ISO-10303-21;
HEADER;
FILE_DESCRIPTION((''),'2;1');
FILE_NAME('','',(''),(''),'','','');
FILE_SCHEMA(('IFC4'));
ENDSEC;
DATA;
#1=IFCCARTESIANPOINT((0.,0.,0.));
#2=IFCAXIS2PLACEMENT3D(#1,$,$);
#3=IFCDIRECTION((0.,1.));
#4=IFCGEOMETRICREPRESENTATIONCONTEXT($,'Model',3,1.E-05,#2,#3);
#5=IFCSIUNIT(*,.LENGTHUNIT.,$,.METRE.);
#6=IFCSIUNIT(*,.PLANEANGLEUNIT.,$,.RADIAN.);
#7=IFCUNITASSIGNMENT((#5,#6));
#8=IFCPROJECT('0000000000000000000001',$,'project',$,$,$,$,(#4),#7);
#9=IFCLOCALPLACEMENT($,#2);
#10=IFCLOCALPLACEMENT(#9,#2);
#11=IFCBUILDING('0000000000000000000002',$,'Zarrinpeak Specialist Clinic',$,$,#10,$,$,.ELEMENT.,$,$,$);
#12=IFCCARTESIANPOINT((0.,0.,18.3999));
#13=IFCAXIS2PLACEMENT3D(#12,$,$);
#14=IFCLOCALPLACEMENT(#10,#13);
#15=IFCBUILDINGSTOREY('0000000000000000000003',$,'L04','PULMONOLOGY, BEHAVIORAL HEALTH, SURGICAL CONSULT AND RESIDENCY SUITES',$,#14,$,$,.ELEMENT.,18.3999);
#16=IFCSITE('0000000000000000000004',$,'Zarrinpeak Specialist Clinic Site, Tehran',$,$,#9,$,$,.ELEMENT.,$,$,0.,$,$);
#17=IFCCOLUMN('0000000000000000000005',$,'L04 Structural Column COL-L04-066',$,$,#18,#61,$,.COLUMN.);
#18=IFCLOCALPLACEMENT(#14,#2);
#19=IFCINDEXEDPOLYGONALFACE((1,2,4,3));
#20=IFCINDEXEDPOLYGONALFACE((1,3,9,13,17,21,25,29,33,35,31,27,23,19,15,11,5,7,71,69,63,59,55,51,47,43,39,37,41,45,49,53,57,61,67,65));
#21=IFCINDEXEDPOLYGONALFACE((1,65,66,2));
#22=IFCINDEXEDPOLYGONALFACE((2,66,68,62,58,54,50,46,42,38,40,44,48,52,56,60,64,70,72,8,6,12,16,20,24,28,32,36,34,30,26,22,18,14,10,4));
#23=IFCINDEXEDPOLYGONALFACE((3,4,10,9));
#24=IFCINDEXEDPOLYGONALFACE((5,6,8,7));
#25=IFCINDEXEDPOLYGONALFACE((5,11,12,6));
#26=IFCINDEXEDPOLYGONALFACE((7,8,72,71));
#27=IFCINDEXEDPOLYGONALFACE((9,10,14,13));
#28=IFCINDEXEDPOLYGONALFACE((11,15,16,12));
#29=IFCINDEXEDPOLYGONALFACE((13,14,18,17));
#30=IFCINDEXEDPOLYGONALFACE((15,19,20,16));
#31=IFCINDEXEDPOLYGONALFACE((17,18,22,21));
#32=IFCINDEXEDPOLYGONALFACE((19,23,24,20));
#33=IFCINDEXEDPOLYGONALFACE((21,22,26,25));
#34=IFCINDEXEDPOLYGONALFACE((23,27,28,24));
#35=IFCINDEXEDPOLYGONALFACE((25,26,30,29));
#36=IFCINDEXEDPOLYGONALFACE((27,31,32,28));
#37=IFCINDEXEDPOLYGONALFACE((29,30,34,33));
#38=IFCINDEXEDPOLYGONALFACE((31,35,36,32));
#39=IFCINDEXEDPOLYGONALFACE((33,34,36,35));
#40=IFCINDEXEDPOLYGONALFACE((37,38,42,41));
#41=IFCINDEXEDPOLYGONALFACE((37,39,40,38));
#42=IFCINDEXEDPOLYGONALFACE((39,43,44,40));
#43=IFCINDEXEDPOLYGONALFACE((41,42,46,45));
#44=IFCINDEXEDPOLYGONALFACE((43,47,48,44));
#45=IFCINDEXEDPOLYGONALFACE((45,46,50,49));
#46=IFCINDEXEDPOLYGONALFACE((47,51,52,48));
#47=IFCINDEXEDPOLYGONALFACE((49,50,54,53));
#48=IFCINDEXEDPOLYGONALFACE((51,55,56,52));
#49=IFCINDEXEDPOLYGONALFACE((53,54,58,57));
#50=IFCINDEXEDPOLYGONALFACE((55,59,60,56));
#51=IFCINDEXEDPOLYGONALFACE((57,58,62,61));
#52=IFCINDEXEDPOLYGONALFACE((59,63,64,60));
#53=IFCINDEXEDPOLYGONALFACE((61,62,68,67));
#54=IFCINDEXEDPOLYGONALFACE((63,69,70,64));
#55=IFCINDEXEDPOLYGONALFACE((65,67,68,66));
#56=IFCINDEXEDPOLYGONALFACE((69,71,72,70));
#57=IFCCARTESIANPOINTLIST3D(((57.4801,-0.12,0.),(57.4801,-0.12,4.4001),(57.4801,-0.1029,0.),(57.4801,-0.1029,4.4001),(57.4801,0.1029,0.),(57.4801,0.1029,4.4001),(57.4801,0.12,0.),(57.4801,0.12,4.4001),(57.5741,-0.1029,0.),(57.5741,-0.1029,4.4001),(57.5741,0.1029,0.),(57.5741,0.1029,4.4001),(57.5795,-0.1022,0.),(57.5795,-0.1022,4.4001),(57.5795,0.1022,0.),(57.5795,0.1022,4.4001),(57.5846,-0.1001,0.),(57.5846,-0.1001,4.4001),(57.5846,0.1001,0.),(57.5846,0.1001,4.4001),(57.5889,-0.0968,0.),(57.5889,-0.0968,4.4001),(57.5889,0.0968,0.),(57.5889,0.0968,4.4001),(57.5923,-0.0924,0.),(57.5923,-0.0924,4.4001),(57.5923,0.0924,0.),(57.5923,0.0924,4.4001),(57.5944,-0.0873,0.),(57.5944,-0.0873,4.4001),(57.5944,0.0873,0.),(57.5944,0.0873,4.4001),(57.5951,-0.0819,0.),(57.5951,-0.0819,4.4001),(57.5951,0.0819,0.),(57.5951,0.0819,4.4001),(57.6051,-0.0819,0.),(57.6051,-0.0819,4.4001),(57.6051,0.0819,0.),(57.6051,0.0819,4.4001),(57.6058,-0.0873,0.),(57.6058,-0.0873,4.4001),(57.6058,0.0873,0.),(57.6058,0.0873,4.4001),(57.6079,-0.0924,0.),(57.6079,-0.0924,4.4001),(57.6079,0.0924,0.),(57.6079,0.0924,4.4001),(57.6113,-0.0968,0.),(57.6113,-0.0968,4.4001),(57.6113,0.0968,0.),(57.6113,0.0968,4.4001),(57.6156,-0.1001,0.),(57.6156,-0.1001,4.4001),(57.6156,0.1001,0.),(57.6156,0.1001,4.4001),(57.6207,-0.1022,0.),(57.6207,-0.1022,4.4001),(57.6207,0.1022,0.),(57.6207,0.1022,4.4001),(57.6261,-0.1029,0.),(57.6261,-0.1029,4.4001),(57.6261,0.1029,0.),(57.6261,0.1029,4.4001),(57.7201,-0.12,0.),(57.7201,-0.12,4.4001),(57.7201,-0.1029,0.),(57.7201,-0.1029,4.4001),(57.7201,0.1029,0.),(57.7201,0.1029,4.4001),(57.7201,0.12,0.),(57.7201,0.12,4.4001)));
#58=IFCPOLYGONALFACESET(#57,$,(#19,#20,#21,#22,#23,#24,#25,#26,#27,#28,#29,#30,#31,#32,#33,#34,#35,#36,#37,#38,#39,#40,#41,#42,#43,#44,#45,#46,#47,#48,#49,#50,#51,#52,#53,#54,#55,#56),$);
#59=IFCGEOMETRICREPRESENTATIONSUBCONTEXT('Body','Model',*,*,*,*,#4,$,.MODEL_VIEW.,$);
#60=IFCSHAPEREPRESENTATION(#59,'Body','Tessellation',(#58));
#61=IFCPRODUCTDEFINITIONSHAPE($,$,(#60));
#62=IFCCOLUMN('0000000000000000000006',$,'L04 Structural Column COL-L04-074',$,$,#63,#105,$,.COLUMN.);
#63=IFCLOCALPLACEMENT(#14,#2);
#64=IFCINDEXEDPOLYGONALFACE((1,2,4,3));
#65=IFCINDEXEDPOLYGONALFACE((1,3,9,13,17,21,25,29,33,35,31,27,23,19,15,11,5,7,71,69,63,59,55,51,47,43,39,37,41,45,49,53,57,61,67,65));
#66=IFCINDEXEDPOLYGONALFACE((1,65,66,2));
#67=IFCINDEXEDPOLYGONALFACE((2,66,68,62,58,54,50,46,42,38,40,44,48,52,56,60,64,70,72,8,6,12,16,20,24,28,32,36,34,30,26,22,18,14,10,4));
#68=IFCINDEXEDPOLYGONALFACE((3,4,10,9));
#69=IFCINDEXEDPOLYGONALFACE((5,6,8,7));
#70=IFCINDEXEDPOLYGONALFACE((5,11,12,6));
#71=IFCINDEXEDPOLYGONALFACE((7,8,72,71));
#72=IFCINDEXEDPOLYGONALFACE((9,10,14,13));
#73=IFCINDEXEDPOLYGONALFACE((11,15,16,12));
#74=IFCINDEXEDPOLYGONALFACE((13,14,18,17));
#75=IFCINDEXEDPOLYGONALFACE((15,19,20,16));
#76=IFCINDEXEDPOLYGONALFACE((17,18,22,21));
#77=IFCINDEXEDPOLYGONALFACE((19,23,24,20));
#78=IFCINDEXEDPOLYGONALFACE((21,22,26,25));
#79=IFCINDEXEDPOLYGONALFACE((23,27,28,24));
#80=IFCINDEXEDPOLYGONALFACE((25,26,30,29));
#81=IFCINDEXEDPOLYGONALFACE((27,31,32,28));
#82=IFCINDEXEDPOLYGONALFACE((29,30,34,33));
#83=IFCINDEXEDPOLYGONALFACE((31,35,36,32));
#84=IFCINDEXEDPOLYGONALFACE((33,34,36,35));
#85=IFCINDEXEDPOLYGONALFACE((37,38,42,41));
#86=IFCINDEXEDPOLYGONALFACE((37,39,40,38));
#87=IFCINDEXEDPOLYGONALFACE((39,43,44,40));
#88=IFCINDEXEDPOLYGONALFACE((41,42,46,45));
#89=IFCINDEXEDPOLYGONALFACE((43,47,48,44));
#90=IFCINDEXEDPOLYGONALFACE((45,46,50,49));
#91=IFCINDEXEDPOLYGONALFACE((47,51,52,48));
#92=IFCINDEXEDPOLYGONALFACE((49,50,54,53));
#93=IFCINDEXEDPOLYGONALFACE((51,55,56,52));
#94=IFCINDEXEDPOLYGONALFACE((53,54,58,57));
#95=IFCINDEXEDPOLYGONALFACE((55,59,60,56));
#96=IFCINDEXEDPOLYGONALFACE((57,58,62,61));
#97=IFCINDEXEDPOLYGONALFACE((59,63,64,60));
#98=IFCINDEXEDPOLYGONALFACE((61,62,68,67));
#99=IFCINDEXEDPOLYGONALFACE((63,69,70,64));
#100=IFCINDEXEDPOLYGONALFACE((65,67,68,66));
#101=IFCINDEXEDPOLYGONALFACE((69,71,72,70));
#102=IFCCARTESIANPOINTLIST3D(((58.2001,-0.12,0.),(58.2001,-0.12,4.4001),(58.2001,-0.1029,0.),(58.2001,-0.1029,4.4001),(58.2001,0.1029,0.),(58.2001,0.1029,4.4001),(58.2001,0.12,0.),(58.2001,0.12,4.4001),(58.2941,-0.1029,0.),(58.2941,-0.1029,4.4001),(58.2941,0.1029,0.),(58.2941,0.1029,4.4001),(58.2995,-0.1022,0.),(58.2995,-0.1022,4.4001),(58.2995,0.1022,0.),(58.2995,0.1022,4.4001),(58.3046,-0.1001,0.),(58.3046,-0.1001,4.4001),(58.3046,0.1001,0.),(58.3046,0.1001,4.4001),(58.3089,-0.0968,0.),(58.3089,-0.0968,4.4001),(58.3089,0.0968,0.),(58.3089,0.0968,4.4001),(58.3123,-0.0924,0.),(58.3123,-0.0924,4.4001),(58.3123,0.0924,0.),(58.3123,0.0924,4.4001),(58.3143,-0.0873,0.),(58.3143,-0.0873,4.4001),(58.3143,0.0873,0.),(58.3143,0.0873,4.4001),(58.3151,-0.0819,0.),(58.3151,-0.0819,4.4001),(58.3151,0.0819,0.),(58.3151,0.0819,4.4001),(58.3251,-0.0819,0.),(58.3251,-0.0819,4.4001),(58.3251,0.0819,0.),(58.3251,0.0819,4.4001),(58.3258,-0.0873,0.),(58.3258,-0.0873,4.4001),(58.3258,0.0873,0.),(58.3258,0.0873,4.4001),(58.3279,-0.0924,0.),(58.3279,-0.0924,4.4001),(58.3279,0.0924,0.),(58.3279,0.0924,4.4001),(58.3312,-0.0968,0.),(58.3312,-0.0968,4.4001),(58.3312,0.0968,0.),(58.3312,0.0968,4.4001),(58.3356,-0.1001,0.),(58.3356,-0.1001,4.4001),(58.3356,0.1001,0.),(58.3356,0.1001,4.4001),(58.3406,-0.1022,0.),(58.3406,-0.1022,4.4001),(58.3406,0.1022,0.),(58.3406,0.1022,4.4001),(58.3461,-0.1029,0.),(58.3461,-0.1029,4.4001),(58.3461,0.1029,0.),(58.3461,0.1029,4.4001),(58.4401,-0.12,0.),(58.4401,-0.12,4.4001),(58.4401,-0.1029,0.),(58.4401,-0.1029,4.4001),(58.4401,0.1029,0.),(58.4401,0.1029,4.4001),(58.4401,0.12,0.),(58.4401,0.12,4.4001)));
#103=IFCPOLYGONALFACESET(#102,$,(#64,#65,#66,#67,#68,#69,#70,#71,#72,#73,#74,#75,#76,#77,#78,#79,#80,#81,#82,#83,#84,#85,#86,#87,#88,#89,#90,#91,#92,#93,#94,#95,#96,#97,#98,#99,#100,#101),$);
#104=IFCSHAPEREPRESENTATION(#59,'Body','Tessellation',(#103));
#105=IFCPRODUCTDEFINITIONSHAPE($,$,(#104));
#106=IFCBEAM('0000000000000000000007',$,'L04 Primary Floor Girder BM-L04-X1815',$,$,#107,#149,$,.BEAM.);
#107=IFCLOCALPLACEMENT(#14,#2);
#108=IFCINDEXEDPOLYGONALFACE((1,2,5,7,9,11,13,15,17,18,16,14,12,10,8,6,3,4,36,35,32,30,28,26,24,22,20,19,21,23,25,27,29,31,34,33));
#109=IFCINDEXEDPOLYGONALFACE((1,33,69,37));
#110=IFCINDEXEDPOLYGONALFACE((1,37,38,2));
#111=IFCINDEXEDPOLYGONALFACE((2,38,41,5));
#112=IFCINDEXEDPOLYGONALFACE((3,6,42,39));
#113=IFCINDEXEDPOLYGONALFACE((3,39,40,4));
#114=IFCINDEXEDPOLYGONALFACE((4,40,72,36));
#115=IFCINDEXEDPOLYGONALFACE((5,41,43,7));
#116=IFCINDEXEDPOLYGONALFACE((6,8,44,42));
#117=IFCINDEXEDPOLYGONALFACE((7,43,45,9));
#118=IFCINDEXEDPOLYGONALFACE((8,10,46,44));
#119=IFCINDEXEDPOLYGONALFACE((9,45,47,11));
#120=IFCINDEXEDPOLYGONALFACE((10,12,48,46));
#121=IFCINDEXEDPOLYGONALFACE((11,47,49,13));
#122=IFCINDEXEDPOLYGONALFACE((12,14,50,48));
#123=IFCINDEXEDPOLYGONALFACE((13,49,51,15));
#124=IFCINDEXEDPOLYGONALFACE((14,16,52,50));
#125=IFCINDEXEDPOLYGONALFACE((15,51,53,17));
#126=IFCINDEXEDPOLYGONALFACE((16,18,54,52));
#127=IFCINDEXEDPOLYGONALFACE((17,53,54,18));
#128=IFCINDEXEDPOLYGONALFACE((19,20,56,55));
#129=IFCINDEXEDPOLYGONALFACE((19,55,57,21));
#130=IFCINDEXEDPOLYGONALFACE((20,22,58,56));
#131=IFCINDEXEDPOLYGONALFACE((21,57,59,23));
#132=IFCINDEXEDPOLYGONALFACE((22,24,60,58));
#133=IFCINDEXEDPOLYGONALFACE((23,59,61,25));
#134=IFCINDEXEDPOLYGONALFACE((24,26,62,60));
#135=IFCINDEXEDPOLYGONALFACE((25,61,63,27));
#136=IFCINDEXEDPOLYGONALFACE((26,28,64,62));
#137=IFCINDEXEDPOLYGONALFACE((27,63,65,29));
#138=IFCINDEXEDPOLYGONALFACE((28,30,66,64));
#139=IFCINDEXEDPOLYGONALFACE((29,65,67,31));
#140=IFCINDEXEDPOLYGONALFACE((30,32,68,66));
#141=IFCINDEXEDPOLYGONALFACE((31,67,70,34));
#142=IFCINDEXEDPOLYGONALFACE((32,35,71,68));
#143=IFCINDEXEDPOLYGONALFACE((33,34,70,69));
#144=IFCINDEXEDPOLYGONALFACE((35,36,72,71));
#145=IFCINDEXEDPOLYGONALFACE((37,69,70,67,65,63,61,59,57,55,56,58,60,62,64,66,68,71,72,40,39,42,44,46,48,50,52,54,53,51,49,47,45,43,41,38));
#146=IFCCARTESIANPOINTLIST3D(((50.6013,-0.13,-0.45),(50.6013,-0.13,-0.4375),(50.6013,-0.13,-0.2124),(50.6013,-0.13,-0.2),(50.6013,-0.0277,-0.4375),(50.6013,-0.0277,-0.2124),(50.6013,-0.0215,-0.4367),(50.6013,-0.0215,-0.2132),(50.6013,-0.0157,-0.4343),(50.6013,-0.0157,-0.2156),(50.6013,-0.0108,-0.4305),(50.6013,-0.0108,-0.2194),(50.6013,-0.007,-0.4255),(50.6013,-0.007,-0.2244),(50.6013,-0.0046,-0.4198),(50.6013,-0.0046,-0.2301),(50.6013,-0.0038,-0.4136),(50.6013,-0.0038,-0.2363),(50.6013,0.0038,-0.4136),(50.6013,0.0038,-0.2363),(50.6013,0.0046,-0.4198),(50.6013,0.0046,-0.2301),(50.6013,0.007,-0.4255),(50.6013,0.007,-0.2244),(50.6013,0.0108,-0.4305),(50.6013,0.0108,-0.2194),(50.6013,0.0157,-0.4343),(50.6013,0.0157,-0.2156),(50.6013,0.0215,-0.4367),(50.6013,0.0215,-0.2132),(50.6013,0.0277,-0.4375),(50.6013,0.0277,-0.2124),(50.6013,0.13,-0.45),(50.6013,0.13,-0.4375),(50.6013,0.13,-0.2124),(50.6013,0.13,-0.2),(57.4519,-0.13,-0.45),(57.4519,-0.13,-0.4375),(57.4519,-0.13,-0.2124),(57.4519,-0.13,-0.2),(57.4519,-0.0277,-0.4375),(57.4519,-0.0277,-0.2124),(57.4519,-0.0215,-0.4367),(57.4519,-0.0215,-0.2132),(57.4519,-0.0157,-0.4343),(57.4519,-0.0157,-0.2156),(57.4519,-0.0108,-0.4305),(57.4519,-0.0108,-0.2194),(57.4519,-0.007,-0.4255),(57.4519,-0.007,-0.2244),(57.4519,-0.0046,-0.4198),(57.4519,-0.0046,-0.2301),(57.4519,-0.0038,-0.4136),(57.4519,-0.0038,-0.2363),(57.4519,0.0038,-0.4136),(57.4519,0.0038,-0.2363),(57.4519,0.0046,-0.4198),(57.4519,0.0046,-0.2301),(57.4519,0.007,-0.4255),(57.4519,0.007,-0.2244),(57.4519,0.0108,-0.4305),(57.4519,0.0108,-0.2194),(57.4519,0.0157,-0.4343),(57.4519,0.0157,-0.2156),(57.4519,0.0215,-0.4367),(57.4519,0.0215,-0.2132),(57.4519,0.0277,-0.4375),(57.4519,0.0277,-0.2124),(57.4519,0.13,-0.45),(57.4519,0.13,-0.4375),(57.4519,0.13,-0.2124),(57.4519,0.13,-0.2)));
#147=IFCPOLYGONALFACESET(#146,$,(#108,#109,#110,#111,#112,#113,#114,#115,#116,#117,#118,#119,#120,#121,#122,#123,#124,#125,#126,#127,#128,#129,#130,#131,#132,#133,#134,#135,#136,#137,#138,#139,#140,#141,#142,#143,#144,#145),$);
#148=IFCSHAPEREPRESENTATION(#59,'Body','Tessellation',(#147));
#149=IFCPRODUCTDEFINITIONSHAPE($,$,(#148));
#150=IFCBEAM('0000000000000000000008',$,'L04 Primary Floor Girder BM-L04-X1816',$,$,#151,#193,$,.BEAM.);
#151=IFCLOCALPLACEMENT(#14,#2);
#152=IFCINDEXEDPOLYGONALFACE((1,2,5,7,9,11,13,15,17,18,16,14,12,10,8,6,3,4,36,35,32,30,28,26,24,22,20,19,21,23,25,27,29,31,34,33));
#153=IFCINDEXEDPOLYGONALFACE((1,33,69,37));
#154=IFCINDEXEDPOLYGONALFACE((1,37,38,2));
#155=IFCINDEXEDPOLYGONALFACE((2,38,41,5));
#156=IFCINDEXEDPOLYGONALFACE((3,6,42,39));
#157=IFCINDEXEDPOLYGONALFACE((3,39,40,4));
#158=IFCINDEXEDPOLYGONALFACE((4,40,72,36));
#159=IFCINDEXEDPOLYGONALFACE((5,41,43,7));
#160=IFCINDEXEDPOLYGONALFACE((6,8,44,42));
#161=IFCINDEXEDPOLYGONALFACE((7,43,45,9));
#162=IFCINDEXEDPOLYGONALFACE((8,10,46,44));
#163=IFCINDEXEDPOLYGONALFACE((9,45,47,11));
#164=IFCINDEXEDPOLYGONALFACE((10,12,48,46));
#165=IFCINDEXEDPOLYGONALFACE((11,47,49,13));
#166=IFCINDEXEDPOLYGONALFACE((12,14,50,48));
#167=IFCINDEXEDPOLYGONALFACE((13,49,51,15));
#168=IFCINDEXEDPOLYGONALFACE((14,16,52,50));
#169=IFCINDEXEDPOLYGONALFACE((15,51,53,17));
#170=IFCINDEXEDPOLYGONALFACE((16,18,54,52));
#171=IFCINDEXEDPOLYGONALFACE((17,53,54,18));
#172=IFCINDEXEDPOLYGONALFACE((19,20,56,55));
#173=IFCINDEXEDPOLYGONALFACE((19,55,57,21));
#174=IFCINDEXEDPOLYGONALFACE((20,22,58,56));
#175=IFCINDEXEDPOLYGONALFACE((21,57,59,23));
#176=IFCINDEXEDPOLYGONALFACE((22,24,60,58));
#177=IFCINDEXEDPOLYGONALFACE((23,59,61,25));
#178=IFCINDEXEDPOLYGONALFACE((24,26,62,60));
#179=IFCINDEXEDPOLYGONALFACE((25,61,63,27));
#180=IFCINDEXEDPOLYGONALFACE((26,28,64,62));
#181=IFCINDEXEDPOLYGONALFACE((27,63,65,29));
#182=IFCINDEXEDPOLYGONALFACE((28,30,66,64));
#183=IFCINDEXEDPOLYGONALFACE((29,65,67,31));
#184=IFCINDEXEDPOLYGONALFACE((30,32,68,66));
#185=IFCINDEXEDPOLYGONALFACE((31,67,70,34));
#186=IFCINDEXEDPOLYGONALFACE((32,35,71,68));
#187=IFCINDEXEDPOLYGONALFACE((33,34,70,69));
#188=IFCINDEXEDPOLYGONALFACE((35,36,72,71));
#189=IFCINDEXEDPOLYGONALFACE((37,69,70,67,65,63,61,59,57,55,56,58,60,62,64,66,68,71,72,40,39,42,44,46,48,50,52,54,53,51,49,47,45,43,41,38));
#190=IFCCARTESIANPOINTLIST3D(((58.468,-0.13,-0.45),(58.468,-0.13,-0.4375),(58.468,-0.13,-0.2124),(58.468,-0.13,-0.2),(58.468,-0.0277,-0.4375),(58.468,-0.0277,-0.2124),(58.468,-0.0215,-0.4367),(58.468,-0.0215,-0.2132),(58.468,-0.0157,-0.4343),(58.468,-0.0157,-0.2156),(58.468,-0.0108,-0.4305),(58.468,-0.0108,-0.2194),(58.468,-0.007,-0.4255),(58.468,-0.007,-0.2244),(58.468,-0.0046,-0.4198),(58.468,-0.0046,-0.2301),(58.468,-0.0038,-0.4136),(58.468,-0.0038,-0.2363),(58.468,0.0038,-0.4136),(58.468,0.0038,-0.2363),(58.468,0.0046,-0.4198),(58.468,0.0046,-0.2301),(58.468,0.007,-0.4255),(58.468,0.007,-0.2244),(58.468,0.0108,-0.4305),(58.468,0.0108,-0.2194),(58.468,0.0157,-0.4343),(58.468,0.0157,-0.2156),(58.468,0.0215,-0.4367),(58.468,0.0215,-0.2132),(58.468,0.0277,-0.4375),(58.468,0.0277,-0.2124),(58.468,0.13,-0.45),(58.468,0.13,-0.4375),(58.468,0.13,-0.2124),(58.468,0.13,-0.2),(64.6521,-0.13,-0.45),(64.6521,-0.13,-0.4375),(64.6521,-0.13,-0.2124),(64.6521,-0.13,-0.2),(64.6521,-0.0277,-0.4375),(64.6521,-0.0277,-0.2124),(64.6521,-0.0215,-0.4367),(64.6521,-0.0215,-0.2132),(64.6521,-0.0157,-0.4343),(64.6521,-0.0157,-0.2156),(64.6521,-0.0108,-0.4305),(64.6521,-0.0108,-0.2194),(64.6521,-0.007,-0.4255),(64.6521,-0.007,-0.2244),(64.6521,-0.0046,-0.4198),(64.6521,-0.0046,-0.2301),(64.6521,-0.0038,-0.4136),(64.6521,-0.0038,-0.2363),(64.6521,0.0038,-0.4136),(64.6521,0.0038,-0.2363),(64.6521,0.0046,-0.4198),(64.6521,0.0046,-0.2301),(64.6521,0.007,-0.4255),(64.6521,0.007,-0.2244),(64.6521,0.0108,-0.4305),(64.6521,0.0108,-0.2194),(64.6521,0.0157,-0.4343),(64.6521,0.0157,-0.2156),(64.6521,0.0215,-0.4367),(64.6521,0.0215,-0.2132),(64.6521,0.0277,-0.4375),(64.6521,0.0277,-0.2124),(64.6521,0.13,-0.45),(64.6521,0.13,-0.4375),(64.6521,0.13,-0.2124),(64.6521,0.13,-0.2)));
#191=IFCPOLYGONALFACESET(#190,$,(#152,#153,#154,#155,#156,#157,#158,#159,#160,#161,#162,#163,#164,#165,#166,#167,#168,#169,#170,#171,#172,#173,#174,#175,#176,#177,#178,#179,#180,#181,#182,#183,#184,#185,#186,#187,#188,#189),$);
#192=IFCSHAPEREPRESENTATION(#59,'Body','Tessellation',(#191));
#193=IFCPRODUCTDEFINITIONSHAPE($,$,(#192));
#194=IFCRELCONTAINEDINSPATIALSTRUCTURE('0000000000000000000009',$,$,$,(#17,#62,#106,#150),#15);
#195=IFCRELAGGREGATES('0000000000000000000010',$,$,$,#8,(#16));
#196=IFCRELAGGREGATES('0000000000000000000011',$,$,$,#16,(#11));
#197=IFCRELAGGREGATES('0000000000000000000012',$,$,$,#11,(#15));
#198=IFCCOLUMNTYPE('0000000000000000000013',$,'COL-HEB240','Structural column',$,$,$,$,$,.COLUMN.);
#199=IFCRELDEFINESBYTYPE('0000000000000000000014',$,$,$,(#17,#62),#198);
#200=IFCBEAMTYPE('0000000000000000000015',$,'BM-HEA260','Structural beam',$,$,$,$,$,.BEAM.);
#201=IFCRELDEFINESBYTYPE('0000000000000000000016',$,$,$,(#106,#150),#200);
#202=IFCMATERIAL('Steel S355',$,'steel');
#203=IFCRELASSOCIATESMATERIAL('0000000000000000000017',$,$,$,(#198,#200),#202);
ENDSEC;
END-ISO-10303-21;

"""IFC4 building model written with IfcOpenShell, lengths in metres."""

from ifc_helpers import new_model, si_unit, direction, frame, origin, origin_2d, place, context, subcontext, project, spatial, i_section, extrude, material, material_profile, profile_set, type_object, element, save


model = new_model("IFC4")

# Units and contexts
model_context = context("Model", 3, precision=1e-05, world=origin(), true_north=direction((0.0, 1.0)))
body_context = subcontext(model_context, "Body", "Model", "MODEL_VIEW")
ifc_project = project(units=[si_unit("LENGTHUNIT", "METRE"), si_unit("PLANEANGLEUNIT", "RADIAN")], contexts=[model_context])

# Site, building, storey
site_placement = place(None, origin())
site = spatial("IfcSite", under=ifc_project, at=site_placement, Name="Zarrinpeak Specialist Clinic Site, Tehran", CompositionType="ELEMENT", RefElevation=0.0)
building_placement = place(site_placement, origin())
building = spatial("IfcBuilding", under=site, at=building_placement, Name="Zarrinpeak Specialist Clinic", CompositionType="ELEMENT")
storey_placement = place(building_placement, frame((0.0, 0.0, 18.3999)))
storey = spatial("IfcBuildingStorey", under=building, at=storey_placement, Name="L04", Description="PULMONOLOGY, BEHAVIORAL HEALTH, SURGICAL CONSULT AND RESIDENCY SUITES", CompositionType="ELEMENT", Elevation=18.3999)

# Columns
ifc_material_1 = material(Name="Steel S355", Category="steel")
ifc_material_profile_1 = material_profile(ifc_material_1, i_section(OverallWidth=0.24, OverallDepth=0.24, WebThickness=0.01, FlangeThickness=0.0171, FilletRadius=0.021, at=origin_2d()), Name="HEB 240")
ifc_profile_set_1 = profile_set([ifc_material_profile_1], Name="Steel S355")
column_type = type_object("IfcColumnType", Name="COL-HEB240", Description="Structural column", PredefinedType="COLUMN", material=ifc_profile_set_1)
for number, where, z_axis, x_axis, name in (
    (1, (57.6001, 0.0, 0.0), (0.0, 0.0, 1.0), (1.0, 0.0, 0.0), "L04 Structural Column COL-L04-066"),
    (2, (58.3201, 0.0, 0.0), (0.0, 0.0, 1.0), (1.0, 0.0, 0.0), "L04 Structural Column COL-L04-074"),
):
    element("IfcColumn", number, at=place(storey_placement, frame(where, z_axis=z_axis, x_axis=x_axis)), inside=storey, type_object=column_type, Name=name, PredefinedType="COLUMN", context=body_context, shape_type="SweptSolid", body=[
        extrude(i_section(OverallWidth=0.24, OverallDepth=0.24, WebThickness=0.01, FlangeThickness=0.0171, FilletRadius=0.021, at=origin_2d()), origin(), (0.0, 0.0, 1.0), 4.4001),
    ])

# Beams
ifc_material_profile_2 = material_profile(ifc_material_1, i_section(OverallWidth=0.26, OverallDepth=0.25, WebThickness=0.0076, FlangeThickness=0.0125, FilletRadius=0.0239, at=origin_2d()), Name="HEA 260")
ifc_profile_set_2 = profile_set([ifc_material_profile_2], Name="Steel S355")
beam_type_1 = type_object("IfcBeamType", Name="BM-HEA260", Description="Structural beam", PredefinedType="BEAM", material=ifc_profile_set_2)
beam_1_placement = place(storey_placement, frame((50.6013, 0.0, -0.325), z_axis=(1.0, 0.0, 0.0), x_axis=(0.0, 1.0, 0.0)))
element("IfcBeam", 3, at=beam_1_placement, inside=storey, type_object=beam_type_1, Name="L04 Primary Floor Girder BM-L04-X1815", PredefinedType="BEAM", context=body_context, shape_type="SweptSolid", body=[
    extrude(i_section(OverallWidth=0.26, OverallDepth=0.25, WebThickness=0.0076, FlangeThickness=0.0125, FilletRadius=0.0239, at=origin_2d()), origin(), (0.0, 0.0, 1.0), 6.8506),
])
beam_2_placement = place(storey_placement, frame((58.468, 0.0, -0.325), z_axis=(1.0, 0.0, 0.0), x_axis=(0.0, 1.0, 0.0)))
element("IfcBeam", 4, at=beam_2_placement, inside=storey, type_object=beam_type_1, Name="L04 Primary Floor Girder BM-L04-X1816", PredefinedType="BEAM", context=body_context, shape_type="SweptSolid", body=[
    extrude(i_section(OverallWidth=0.26, OverallDepth=0.25, WebThickness=0.0076, FlangeThickness=0.0125, FilletRadius=0.0239, at=origin_2d()), origin(), (0.0, 0.0, 1.0), 6.1841),
])

save(model, "model.ifc")
